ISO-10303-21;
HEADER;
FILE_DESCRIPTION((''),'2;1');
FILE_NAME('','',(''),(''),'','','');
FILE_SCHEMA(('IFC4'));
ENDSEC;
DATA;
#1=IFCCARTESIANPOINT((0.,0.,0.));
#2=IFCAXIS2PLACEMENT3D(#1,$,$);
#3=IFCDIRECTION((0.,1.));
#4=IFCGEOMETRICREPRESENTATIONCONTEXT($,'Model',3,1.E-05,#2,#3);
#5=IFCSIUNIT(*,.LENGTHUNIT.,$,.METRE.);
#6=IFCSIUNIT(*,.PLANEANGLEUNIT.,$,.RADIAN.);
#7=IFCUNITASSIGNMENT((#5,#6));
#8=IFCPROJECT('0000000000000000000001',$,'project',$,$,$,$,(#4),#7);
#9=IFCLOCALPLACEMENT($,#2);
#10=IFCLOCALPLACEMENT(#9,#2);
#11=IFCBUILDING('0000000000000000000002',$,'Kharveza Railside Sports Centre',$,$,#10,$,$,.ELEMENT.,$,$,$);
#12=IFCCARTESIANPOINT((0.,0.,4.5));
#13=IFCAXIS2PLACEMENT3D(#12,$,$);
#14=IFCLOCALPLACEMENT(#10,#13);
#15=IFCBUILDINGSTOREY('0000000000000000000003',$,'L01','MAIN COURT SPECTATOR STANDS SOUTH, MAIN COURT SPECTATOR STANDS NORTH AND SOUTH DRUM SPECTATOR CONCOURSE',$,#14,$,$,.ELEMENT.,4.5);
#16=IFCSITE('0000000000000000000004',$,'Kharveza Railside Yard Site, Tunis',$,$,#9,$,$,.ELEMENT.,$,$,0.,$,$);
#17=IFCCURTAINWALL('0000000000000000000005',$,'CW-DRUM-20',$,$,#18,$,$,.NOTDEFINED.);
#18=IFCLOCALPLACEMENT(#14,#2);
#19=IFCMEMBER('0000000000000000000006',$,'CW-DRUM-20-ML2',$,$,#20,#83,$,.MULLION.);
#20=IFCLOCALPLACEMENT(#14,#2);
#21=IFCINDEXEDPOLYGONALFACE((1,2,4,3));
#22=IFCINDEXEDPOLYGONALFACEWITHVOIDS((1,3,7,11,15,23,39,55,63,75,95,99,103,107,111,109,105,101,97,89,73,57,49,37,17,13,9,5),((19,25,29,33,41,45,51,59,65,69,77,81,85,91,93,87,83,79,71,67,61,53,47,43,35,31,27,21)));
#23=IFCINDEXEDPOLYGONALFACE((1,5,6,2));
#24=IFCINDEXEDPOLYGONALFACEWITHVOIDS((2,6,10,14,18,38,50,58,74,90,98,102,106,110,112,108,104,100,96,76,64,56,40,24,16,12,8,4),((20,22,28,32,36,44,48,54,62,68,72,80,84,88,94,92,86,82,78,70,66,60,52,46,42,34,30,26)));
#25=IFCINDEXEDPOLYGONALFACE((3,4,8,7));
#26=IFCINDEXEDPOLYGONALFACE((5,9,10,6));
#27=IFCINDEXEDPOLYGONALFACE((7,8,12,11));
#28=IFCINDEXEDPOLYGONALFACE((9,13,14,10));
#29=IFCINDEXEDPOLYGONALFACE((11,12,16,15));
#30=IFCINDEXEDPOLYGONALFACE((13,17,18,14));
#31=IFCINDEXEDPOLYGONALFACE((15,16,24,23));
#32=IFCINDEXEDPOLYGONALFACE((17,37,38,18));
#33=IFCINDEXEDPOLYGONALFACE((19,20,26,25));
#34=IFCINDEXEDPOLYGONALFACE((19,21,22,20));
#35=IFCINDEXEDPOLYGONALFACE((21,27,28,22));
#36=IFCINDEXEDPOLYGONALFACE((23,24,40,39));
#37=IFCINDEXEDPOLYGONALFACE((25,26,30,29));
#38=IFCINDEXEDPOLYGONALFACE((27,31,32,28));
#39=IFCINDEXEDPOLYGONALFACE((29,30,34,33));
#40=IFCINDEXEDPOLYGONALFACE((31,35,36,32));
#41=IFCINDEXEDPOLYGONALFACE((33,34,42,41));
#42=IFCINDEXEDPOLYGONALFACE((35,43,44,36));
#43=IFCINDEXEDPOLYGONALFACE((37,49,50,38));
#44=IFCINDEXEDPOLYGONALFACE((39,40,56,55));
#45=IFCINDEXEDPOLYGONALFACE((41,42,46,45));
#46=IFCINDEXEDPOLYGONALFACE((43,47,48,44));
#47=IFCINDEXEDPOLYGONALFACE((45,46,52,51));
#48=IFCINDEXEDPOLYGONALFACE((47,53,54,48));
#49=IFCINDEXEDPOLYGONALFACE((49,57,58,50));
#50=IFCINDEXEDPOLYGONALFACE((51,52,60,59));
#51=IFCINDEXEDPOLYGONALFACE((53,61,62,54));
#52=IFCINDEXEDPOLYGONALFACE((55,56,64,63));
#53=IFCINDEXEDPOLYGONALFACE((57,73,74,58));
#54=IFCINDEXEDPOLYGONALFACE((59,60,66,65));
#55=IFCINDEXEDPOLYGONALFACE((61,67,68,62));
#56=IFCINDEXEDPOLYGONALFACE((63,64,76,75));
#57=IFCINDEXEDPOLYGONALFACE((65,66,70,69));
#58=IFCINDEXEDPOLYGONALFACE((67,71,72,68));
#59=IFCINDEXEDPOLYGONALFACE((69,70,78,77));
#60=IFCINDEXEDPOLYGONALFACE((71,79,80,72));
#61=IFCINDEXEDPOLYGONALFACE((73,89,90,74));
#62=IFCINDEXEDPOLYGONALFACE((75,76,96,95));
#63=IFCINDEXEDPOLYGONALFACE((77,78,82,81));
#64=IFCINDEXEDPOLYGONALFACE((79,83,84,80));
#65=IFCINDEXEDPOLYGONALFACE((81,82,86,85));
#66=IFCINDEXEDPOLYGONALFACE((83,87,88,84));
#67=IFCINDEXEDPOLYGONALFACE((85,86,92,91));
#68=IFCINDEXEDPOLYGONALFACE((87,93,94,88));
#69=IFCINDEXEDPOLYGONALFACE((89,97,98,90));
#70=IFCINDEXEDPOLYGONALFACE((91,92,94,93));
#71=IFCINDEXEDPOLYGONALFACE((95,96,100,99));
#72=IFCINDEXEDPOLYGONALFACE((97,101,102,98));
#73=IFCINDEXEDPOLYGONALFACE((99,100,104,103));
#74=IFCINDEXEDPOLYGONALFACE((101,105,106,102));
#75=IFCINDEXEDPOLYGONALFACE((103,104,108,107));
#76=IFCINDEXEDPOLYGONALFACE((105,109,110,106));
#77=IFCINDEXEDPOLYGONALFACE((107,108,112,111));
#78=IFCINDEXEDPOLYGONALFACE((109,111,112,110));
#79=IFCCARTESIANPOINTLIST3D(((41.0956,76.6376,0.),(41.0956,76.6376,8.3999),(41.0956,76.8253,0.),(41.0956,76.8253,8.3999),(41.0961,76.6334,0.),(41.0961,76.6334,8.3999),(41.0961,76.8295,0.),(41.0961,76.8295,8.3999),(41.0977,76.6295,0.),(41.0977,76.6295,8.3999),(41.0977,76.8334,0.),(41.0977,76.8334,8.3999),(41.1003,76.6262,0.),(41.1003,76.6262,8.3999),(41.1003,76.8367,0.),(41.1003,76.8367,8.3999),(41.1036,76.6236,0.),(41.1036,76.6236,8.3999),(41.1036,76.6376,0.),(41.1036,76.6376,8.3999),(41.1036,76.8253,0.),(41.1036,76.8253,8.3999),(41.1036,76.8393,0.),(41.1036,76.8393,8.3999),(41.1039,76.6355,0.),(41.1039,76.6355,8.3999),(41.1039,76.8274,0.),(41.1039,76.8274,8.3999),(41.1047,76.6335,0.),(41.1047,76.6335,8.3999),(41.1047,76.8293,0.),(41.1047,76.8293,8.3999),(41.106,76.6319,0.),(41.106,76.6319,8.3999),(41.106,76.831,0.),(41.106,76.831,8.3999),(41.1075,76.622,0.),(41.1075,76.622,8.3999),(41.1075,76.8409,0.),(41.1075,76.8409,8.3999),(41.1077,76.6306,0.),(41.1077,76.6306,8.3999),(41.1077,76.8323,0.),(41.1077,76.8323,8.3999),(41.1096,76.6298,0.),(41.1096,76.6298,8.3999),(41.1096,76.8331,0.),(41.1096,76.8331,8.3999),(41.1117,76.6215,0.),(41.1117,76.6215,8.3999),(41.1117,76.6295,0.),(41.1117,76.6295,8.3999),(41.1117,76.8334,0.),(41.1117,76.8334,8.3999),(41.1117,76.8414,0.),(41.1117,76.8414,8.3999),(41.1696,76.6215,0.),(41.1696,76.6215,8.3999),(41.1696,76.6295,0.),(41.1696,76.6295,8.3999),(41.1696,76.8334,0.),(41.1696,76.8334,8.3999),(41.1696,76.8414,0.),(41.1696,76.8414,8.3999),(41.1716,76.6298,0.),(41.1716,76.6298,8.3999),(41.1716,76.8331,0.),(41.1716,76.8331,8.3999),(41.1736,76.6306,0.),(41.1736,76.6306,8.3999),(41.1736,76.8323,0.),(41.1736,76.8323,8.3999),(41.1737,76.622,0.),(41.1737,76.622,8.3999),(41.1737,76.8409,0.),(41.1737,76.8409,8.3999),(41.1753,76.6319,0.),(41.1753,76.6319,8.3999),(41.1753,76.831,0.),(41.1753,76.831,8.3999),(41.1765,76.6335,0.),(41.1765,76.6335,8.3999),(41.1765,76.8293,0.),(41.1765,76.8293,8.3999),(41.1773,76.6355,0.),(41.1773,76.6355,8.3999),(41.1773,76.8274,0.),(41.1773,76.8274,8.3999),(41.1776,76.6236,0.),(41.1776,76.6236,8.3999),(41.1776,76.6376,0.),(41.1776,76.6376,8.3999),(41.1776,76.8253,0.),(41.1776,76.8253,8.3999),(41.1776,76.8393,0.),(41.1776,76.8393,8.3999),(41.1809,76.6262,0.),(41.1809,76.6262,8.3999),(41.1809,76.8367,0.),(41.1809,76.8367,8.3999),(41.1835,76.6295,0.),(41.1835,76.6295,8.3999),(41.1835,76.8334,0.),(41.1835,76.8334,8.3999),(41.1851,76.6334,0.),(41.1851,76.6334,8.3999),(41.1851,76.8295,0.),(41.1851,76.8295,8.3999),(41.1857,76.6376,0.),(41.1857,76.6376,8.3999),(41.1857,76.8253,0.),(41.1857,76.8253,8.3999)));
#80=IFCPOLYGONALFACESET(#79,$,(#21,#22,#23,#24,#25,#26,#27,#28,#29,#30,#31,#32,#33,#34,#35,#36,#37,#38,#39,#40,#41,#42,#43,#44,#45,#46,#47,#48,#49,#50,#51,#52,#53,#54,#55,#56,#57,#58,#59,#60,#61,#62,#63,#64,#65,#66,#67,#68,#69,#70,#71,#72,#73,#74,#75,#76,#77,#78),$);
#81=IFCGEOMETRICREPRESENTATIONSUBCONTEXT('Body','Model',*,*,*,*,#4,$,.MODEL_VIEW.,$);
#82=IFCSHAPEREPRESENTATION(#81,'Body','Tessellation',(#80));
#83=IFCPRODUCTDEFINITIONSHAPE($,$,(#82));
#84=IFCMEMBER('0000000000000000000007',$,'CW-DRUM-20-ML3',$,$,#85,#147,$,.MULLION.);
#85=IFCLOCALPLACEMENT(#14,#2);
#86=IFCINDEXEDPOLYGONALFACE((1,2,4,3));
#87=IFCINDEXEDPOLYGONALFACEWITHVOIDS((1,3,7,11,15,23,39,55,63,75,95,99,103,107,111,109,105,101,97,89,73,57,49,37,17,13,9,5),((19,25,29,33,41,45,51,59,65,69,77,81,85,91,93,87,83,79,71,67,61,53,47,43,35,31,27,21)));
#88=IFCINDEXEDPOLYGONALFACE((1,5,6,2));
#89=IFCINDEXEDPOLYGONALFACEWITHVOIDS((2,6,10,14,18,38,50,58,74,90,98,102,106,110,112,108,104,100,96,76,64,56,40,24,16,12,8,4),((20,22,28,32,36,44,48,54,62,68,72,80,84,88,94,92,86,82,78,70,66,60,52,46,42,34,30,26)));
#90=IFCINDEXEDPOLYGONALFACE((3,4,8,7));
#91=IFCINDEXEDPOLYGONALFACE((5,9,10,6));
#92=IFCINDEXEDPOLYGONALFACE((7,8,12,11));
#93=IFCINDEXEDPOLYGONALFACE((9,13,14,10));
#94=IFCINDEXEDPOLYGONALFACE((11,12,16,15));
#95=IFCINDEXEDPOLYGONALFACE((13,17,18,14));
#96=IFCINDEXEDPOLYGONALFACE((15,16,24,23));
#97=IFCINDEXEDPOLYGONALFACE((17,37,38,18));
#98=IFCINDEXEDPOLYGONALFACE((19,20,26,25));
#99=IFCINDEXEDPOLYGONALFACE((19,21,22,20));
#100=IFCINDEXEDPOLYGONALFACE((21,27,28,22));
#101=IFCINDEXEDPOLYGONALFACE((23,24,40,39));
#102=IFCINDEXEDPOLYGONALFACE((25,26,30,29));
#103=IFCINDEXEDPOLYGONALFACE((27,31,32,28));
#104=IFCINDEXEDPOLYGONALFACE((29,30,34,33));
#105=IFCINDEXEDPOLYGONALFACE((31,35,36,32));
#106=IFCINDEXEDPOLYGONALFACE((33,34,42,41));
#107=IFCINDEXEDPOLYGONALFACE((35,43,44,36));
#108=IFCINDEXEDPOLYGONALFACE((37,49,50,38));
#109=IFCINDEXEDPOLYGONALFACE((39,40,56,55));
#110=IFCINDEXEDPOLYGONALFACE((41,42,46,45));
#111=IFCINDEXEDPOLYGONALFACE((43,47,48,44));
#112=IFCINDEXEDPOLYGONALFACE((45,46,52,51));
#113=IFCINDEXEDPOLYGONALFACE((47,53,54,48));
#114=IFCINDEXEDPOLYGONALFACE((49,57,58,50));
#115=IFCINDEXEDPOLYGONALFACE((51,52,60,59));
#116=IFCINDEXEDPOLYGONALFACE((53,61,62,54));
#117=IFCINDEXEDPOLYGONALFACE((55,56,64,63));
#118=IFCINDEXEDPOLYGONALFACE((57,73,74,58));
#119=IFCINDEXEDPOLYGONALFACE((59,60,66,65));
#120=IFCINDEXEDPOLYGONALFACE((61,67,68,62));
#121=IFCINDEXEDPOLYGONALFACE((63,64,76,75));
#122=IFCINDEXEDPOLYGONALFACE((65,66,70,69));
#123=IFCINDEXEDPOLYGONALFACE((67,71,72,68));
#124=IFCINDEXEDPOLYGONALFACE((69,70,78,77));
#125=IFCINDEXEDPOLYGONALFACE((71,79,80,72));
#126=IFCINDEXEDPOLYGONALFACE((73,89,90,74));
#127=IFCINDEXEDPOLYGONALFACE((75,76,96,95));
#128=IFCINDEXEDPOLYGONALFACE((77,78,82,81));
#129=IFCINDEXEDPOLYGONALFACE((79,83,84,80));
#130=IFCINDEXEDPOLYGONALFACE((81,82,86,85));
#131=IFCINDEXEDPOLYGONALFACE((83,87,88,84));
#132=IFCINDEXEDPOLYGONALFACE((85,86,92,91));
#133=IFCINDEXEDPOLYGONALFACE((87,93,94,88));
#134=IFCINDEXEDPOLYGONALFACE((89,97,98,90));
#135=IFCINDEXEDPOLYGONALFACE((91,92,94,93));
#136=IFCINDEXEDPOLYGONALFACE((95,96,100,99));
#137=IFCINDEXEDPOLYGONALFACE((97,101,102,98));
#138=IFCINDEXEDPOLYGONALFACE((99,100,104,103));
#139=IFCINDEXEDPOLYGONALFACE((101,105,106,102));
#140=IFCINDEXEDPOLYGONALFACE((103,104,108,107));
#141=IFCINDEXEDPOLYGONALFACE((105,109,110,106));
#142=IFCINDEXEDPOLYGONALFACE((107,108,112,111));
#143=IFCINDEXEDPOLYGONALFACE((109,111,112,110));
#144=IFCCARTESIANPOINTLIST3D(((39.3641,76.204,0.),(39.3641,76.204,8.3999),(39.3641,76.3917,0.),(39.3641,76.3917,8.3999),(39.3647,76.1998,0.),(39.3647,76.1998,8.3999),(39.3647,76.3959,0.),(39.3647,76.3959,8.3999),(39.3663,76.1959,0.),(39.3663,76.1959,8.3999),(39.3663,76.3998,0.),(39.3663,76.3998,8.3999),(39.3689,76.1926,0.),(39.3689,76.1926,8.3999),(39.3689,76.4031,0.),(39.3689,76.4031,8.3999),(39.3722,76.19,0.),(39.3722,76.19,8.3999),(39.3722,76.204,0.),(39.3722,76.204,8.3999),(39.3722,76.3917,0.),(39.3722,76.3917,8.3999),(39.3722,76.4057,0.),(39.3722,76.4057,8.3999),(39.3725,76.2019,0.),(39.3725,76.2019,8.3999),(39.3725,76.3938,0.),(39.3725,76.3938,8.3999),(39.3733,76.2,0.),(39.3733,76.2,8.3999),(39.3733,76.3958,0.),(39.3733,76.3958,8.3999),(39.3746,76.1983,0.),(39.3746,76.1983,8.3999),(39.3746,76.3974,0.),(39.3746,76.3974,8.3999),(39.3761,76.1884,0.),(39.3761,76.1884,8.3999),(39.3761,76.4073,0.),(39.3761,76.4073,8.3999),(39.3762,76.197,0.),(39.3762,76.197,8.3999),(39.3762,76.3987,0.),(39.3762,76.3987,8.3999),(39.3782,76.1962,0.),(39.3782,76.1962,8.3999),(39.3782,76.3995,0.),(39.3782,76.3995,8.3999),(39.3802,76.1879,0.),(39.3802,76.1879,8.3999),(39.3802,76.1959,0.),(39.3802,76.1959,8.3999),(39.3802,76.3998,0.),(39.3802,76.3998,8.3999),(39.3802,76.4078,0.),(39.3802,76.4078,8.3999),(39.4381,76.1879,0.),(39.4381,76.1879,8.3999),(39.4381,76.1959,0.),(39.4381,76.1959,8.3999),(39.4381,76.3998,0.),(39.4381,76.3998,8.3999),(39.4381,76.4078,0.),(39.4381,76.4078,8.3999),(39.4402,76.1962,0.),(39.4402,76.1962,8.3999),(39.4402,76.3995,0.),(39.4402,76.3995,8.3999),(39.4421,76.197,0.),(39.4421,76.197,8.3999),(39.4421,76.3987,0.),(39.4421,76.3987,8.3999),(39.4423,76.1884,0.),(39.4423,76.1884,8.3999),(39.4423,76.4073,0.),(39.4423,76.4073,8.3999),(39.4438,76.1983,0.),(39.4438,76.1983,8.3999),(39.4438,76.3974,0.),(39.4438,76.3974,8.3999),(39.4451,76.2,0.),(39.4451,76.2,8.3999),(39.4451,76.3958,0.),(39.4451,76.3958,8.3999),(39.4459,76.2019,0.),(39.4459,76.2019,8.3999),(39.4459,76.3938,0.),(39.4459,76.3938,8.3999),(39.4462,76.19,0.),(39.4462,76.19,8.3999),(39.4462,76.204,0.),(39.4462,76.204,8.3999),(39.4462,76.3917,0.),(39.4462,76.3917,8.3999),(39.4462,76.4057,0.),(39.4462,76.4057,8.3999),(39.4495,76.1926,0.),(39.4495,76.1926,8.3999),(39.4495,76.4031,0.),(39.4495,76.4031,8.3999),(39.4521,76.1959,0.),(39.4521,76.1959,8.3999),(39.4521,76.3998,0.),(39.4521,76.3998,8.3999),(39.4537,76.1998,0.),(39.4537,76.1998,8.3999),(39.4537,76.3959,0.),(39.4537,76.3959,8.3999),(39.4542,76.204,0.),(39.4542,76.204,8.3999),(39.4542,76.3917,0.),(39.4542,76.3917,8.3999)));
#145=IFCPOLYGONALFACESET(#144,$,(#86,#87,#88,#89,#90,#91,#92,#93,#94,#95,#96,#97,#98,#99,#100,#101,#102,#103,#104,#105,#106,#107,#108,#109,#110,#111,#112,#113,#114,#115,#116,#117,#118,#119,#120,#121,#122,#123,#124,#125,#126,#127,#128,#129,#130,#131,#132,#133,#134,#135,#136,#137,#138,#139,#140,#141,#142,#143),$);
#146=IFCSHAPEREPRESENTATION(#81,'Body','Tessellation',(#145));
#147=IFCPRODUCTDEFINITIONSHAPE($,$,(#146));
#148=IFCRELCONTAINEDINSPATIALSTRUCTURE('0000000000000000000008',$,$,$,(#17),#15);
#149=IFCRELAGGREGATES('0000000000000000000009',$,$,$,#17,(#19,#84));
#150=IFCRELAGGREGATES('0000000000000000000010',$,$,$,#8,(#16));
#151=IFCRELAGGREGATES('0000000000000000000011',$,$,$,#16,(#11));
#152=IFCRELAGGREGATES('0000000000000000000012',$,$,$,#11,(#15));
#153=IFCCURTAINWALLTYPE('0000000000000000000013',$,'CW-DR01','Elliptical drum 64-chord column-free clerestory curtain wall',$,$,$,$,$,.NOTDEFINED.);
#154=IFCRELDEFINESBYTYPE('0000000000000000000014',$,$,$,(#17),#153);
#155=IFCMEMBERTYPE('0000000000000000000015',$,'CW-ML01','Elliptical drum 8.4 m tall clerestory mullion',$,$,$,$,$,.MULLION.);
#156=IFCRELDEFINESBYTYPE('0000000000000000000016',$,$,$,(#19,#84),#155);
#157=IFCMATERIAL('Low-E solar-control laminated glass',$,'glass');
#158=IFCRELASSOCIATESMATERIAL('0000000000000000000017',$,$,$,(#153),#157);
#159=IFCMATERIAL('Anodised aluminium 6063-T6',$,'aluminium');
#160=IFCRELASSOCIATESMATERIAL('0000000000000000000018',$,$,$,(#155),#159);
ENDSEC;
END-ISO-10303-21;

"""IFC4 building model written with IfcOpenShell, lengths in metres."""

from ifc_helpers import new_model, si_unit, direction, frame, origin, origin_2d, place, context, subcontext, project, spatial, hollow_rectangle, extrude, material, material_profile, profile_set, type_object, element, aggregate, save


model = new_model("IFC4")

# Units and contexts
model_context = context("Model", 3, precision=1e-05, world=origin(), true_north=direction((0.0, 1.0)))
body_context = subcontext(model_context, "Body", "Model", "MODEL_VIEW")
ifc_project = project(units=[si_unit("LENGTHUNIT", "METRE"), si_unit("PLANEANGLEUNIT", "RADIAN")], contexts=[model_context])

# Site, building, storey
site_placement = place(None, origin())
site = spatial("IfcSite", under=ifc_project, at=site_placement, Name="Kharveza Railside Yard Site, Tunis", CompositionType="ELEMENT", RefElevation=0.0)
building_placement = place(site_placement, origin())
building = spatial("IfcBuilding", under=site, at=building_placement, Name="Kharveza Railside Sports Centre", CompositionType="ELEMENT")
storey_placement = place(building_placement, frame((0.0, 0.0, 4.5)))
storey = spatial("IfcBuildingStorey", under=building, at=storey_placement, Name="L01", Description="MAIN COURT SPECTATOR STANDS SOUTH, MAIN COURT SPECTATOR STANDS NORTH AND SOUTH DRUM SPECTATOR CONCOURSE", CompositionType="ELEMENT", Elevation=4.5)

# Curtain wall, members
ifc_material_1 = material(Name="Low-E solar-control laminated glass", Category="glass")
curtain_wall_type = type_object("IfcCurtainWallType", Name="CW-DR01", Description="Elliptical drum 64-chord column-free clerestory curtain wall", PredefinedType="NOTDEFINED", material=ifc_material_1)
ifc_material_2 = material(Name="Anodised aluminium 6063-T6", Category="aluminium")
ifc_material_profile_1 = material_profile(ifc_material_2, hollow_rectangle(XDim=0.0901, YDim=0.22, WallThickness=0.0081, InnerFilletRadius=0.0081, OuterFilletRadius=0.0161, at=origin_2d()), Name="RHS 90x220x8.0")
ifc_profile_set_1 = profile_set([ifc_material_profile_1], Name="Anodised aluminium 6063-T6")
member_type_1 = type_object("IfcMemberType", Name="CW-ML01", Description="Elliptical drum 8.4 m tall clerestory mullion", PredefinedType="MULLION", material=ifc_profile_set_1)
curtain_wall_1_placement = place(storey_placement, origin())
curtain_wall_1 = element("IfcCurtainWall", 1, at=curtain_wall_1_placement, inside=storey, type_object=curtain_wall_type, Name="CW-DRUM-20", PredefinedType="NOTDEFINED")
member_1_placement = place(storey_placement, frame((41.1406, 76.7314, 0.0), z_axis=(0.0, 0.0, 1.0), x_axis=(1.0, 0.0, 0.0)))
member_1 = element("IfcMember", 2, at=member_1_placement, type_object=member_type_1, Name="CW-DRUM-20-ML2", PredefinedType="MULLION", context=body_context, shape_type="SweptSolid", body=[
    extrude(hollow_rectangle(XDim=0.0901, YDim=0.22, WallThickness=0.0081, InnerFilletRadius=0.0081, OuterFilletRadius=0.0161, at=origin_2d()), origin(), (0.0, 0.0, 1.0), 8.3999),
])
member_2_placement = place(storey_placement, frame((39.4092, 76.2979, 0.0), z_axis=(0.0, 0.0, 1.0), x_axis=(1.0, 0.0, 0.0)))
member_2 = element("IfcMember", 3, at=member_2_placement, type_object=member_type_1, Name="CW-DRUM-20-ML3", PredefinedType="MULLION", context=body_context, shape_type="SweptSolid", body=[
    extrude(hollow_rectangle(XDim=0.0901, YDim=0.22, WallThickness=0.0081, InnerFilletRadius=0.0081, OuterFilletRadius=0.0161, at=origin_2d()), origin(), (0.0, 0.0, 1.0), 8.3999),
])

aggregate(curtain_wall_1, [member_1, member_2])

save(model, "model.ifc")
